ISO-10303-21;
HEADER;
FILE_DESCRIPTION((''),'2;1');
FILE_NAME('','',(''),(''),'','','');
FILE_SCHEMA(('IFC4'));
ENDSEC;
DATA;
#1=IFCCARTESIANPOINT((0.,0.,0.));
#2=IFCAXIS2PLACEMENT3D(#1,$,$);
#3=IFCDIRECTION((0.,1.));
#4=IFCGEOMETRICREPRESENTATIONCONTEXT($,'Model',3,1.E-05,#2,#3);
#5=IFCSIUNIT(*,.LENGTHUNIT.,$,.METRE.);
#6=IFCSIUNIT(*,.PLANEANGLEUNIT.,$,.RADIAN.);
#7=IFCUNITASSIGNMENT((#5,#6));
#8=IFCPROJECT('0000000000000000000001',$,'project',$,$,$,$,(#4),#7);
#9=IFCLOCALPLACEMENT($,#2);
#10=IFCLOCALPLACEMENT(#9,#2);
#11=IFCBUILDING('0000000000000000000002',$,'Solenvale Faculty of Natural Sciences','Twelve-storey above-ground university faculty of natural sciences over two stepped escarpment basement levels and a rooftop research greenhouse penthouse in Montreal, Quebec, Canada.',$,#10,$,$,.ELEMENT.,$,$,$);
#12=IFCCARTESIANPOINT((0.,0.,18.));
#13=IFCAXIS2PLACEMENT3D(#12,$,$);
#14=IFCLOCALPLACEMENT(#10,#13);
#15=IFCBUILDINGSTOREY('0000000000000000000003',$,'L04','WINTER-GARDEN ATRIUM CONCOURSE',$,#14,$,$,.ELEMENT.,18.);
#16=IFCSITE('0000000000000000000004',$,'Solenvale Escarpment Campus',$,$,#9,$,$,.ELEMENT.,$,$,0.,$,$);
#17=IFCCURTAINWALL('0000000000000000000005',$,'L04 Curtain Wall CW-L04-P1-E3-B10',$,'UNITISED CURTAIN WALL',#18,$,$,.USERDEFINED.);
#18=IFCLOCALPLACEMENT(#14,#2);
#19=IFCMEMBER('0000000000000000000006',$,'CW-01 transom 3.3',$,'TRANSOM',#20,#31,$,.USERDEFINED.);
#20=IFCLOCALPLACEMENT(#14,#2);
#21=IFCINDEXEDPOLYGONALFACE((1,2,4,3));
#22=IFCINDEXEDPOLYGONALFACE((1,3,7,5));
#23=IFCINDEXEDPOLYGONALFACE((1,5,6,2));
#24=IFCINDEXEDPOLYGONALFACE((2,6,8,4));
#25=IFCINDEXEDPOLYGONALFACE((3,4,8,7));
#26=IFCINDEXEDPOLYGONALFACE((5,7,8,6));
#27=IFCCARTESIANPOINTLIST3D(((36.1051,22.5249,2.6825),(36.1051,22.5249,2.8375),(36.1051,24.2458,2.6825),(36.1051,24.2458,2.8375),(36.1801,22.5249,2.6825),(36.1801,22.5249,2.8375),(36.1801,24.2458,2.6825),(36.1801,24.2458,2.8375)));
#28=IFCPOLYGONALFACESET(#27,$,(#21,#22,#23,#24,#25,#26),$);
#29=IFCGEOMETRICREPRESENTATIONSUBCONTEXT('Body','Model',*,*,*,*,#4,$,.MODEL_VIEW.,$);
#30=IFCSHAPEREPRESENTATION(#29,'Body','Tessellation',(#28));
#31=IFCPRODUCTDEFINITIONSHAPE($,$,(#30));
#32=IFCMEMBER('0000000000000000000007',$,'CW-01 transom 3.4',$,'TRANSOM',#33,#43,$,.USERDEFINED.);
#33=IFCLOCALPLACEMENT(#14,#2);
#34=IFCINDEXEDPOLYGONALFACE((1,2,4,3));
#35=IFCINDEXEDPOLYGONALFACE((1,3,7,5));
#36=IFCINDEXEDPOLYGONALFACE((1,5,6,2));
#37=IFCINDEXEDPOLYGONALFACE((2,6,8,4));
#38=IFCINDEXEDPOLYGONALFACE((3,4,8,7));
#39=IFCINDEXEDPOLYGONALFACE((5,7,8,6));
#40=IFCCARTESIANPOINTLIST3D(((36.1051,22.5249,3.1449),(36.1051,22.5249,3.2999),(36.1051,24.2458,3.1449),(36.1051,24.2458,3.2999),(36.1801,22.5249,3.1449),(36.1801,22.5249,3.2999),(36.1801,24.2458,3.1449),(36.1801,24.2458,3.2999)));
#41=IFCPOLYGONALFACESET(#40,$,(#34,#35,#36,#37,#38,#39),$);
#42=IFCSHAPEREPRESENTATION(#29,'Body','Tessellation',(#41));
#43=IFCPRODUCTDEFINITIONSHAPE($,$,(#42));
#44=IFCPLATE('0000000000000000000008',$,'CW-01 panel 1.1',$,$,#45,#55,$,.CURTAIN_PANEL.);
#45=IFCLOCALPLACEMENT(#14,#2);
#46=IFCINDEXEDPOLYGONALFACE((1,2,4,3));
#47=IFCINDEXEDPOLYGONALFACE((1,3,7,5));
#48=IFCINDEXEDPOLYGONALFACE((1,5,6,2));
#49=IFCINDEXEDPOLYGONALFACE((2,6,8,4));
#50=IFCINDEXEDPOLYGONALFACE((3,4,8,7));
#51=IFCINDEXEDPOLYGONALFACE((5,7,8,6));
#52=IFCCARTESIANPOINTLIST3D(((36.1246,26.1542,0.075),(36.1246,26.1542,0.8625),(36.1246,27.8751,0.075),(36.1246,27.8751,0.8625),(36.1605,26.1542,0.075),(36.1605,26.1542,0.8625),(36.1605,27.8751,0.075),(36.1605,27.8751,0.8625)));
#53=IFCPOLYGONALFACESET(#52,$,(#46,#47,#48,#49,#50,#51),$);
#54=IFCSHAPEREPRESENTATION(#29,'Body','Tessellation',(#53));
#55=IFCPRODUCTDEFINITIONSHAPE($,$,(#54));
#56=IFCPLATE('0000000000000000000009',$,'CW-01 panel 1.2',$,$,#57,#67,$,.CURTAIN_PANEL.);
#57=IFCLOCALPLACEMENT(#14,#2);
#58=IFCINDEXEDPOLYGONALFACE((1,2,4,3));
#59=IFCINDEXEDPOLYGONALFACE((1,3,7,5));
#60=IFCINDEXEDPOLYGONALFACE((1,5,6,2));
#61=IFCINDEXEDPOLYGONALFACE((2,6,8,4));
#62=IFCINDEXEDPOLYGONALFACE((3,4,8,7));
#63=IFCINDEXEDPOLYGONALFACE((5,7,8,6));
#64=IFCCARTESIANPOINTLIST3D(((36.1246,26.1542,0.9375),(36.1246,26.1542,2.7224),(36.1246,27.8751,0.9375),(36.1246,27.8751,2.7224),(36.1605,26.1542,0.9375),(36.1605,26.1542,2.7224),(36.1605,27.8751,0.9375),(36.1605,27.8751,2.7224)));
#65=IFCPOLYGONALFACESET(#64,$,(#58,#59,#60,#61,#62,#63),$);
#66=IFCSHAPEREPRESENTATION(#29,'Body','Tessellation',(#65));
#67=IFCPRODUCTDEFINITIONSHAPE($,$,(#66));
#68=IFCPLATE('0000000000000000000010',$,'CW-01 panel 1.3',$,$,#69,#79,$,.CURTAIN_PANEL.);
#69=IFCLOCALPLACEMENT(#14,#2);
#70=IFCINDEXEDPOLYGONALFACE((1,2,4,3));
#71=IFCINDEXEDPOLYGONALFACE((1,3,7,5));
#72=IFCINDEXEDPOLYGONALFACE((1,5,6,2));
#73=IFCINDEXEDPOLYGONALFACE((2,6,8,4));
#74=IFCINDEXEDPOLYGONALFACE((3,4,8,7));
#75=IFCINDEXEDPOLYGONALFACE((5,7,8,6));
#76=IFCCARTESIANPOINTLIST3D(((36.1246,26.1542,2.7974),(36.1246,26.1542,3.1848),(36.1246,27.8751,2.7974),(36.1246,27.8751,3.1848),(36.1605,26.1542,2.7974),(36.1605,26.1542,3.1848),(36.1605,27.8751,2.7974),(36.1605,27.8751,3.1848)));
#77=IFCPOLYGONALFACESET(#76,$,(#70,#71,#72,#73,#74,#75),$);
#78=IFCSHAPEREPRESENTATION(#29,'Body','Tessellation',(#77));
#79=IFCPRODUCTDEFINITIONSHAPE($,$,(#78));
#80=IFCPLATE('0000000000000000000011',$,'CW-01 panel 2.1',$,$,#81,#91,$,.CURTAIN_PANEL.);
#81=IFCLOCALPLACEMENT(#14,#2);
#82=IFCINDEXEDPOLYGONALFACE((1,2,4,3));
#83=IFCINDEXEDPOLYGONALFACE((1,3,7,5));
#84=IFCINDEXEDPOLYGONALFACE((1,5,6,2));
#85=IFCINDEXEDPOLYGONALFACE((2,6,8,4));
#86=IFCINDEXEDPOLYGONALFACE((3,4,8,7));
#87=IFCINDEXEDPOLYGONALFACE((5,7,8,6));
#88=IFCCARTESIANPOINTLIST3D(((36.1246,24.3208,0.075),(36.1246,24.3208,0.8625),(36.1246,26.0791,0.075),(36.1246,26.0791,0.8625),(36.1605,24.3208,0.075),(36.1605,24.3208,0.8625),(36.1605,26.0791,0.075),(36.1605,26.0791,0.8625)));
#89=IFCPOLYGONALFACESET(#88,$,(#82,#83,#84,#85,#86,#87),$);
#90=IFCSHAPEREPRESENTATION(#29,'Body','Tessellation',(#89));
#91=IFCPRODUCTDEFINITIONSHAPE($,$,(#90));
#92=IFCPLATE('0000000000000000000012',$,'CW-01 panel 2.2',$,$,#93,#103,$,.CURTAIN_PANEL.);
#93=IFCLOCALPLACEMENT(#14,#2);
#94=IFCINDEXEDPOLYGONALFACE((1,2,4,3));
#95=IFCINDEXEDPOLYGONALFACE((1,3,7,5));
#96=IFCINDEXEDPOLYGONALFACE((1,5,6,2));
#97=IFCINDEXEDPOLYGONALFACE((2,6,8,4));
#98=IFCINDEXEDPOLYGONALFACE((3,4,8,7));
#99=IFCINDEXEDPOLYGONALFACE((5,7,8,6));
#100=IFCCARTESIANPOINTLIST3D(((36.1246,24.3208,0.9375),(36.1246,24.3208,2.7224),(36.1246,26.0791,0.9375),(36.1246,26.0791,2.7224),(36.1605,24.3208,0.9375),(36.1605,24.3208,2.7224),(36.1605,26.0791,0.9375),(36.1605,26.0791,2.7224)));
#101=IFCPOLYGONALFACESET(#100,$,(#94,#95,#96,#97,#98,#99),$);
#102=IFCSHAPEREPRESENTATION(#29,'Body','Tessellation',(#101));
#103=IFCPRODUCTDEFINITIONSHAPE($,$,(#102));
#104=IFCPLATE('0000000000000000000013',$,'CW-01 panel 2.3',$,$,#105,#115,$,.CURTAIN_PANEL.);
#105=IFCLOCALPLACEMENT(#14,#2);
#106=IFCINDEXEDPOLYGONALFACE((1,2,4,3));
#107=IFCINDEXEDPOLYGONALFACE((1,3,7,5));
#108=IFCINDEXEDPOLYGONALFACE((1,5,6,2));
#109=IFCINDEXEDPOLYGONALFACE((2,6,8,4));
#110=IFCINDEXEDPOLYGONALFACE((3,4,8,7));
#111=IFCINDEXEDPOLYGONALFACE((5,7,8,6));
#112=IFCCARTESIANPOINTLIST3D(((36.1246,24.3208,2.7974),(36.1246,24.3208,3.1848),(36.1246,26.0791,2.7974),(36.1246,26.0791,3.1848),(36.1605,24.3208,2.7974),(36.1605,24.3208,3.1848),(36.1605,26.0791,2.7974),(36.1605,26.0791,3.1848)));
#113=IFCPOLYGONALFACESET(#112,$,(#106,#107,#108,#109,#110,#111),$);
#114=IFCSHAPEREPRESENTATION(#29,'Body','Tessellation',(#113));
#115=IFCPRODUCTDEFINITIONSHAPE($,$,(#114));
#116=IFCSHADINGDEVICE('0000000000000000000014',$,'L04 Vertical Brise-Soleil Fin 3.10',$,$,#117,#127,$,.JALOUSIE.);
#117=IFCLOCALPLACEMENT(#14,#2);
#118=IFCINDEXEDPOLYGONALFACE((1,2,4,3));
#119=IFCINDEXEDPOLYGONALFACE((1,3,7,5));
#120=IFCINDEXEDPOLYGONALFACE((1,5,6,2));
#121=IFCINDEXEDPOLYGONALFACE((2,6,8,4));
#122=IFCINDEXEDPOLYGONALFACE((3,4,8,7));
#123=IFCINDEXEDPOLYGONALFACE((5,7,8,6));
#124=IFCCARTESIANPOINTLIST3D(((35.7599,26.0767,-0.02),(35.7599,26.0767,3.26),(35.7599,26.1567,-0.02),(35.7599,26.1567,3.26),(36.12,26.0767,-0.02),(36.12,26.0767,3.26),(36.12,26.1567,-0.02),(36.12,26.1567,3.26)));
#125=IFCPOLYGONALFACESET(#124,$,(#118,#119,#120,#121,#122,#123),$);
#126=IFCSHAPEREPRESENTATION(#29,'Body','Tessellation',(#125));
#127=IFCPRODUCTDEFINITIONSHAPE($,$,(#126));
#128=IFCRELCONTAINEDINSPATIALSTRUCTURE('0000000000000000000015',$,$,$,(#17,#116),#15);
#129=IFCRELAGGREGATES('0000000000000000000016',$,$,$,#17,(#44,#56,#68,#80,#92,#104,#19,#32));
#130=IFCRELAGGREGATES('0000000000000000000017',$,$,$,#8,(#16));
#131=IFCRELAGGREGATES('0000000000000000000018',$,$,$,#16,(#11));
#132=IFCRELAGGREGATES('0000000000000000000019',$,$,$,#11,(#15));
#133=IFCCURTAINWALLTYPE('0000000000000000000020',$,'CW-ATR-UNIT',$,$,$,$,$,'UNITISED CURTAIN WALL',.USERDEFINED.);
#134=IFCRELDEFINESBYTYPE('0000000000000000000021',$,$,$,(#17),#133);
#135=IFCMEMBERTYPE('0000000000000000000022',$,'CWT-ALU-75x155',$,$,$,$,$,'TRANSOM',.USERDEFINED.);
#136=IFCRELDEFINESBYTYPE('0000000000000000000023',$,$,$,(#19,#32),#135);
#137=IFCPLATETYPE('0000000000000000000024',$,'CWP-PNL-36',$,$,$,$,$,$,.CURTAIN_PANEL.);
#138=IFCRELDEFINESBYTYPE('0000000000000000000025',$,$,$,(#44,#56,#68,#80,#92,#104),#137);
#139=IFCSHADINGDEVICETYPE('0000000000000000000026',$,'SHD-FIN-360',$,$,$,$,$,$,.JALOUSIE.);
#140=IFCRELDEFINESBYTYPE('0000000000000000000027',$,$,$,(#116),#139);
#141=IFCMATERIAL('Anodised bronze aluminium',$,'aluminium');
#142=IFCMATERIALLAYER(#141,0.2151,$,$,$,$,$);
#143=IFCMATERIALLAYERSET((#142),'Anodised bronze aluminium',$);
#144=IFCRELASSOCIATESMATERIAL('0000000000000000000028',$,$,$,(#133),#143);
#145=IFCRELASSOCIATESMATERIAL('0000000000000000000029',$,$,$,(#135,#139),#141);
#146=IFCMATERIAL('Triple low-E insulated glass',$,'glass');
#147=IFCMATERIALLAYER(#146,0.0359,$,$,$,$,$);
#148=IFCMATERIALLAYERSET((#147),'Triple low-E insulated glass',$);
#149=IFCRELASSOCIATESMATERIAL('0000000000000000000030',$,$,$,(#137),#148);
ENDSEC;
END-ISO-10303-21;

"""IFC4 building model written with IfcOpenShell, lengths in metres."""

from ifc_helpers import new_model, si_unit, direction, frame, origin, origin_2d, place, context, subcontext, project, spatial, rectangle, extrude, material, layer, layer_set, material_profile, profile_set, type_object, element, aggregate, save


model = new_model("IFC4")

# Units and contexts
model_context = context("Model", 3, precision=1e-05, world=origin(), true_north=direction((0.0, 1.0)))
body_context = subcontext(model_context, "Body", "Model", "MODEL_VIEW")
ifc_project = project(units=[si_unit("LENGTHUNIT", "METRE"), si_unit("PLANEANGLEUNIT", "RADIAN")], contexts=[model_context])

# Site, building, storey
site_placement = place(None, origin())
site = spatial("IfcSite", under=ifc_project, at=site_placement, Name="Solenvale Escarpment Campus", CompositionType="ELEMENT", RefElevation=0.0)
building_placement = place(site_placement, origin())
building = spatial("IfcBuilding", under=site, at=building_placement, Name="Solenvale Faculty of Natural Sciences", Description="Twelve-storey above-ground university faculty of natural sciences over two stepped escarpment basement levels and a rooftop research greenhouse penthouse in Montreal, Quebec, Canada.", CompositionType="ELEMENT")
storey_placement = place(building_placement, frame((0.0, 0.0, 18.0)))
storey = spatial("IfcBuildingStorey", under=building, at=storey_placement, Name="L04", Description="WINTER-GARDEN ATRIUM CONCOURSE", CompositionType="ELEMENT", Elevation=18.0)

# Curtain wall, members, plates
ifc_material_1 = material(Name="Anodised bronze aluminium", Category="aluminium")
ifc_layer_1 = layer(ifc_material_1, 0.2151)
ifc_layer_set_1 = layer_set([ifc_layer_1], Name="Anodised bronze aluminium")
curtain_wall_type = type_object("IfcCurtainWallType", Name="CW-ATR-UNIT", ElementType="UNITISED CURTAIN WALL", PredefinedType="USERDEFINED", material=ifc_layer_set_1)
curtain_wall_placement = place(storey_placement, origin())
curtain_wall = element("IfcCurtainWall", 1, at=curtain_wall_placement, inside=storey, type_object=curtain_wall_type, Name="L04 Curtain Wall CW-L04-P1-E3-B10", ObjectType="UNITISED CURTAIN WALL", PredefinedType="USERDEFINED")
ifc_material_profile_1 = material_profile(ifc_material_1, rectangle(XDim=0.075, YDim=0.155, at=origin_2d()), Name="ALU-TRN-75x155")
ifc_profile_set_1 = profile_set([ifc_material_profile_1], Name="Anodised bronze aluminium")
member_type_1 = type_object("IfcMemberType", Name="CWT-ALU-75x155", ElementType="TRANSOM", PredefinedType="USERDEFINED", material=ifc_profile_set_1)
member_1_placement = place(storey_placement, frame((36.1426, 24.2458, 2.76), z_axis=(0.0, -1.0, 0.0), x_axis=(1.0, 0.0, 0.0)))
member_1 = element("IfcMember", 2, at=member_1_placement, type_object=member_type_1, Name="CW-01 transom 3.3", ObjectType="TRANSOM", PredefinedType="USERDEFINED", context=body_context, shape_type="SweptSolid", body=[
    extrude(rectangle(XDim=0.075, YDim=0.155, at=origin_2d()), origin(), (0.0, 0.0, 1.0), 1.7209),
])
member_2_placement = place(storey_placement, frame((36.1426, 24.2458, 3.2224), z_axis=(0.0, -1.0, 0.0), x_axis=(1.0, 0.0, 0.0)))
member_2 = element("IfcMember", 3, at=member_2_placement, type_object=member_type_1, Name="CW-01 transom 3.4", ObjectType="TRANSOM", PredefinedType="USERDEFINED", context=body_context, shape_type="SweptSolid", body=[
    extrude(rectangle(XDim=0.075, YDim=0.155, at=origin_2d()), origin(), (0.0, 0.0, 1.0), 1.7209),
])
ifc_material_2 = material(Name="Triple low-E insulated glass", Category="glass")
ifc_layer_2 = layer(ifc_material_2, 0.0359)
ifc_layer_set_2 = layer_set([ifc_layer_2], Name="Triple low-E insulated glass")
plate_type = type_object("IfcPlateType", Name="CWP-PNL-36", PredefinedType="CURTAIN_PANEL", material=ifc_layer_set_2)
plate_1_placement = place(storey_placement, frame((36.1426, 27.0146, 0.075), z_axis=(0.0, 0.0, 1.0), x_axis=(0.0, -1.0, 0.0)))
plate_1 = element("IfcPlate", 4, at=plate_1_placement, type_object=plate_type, Name="CW-01 panel 1.1", PredefinedType="CURTAIN_PANEL", context=body_context, shape_type="SweptSolid", body=[
    extrude(rectangle(XDim=1.7209, YDim=0.0359, at=origin_2d()), origin(), (0.0, 0.0, 1.0), 0.7876),
])
plate_2_placement = place(storey_placement, frame((36.1426, 27.0146, 0.9375), z_axis=(0.0, 0.0, 1.0), x_axis=(0.0, -1.0, 0.0)))
plate_2 = element("IfcPlate", 5, at=plate_2_placement, type_object=plate_type, Name="CW-01 panel 1.2", PredefinedType="CURTAIN_PANEL", context=body_context, shape_type="SweptSolid", body=[
    extrude(rectangle(XDim=1.7209, YDim=0.0359, at=origin_2d()), origin(), (0.0, 0.0, 1.0), 1.7849),
])
plate_3_placement = place(storey_placement, frame((36.1426, 27.0146, 2.7974), z_axis=(0.0, 0.0, 1.0), x_axis=(0.0, -1.0, 0.0)))
plate_3 = element("IfcPlate", 6, at=plate_3_placement, type_object=plate_type, Name="CW-01 panel 1.3", PredefinedType="CURTAIN_PANEL", context=body_context, shape_type="SweptSolid", body=[
    extrude(rectangle(XDim=1.7209, YDim=0.0359, at=origin_2d()), origin(), (0.0, 0.0, 1.0), 0.3875),
])
plate_4_placement = place(storey_placement, frame((36.1426, 25.2, 0.075), z_axis=(0.0, 0.0, 1.0), x_axis=(0.0, -1.0, 0.0)))
plate_4 = element("IfcPlate", 7, at=plate_4_placement, type_object=plate_type, Name="CW-01 panel 2.1", PredefinedType="CURTAIN_PANEL", context=body_context, shape_type="SweptSolid", body=[
    extrude(rectangle(XDim=1.7583, YDim=0.0359, at=origin_2d()), origin(), (0.0, 0.0, 1.0), 0.7876),
])
plate_5_placement = place(storey_placement, frame((36.1426, 25.2, 0.9375), z_axis=(0.0, 0.0, 1.0), x_axis=(0.0, -1.0, 0.0)))
plate_5 = element("IfcPlate", 8, at=plate_5_placement, type_object=plate_type, Name="CW-01 panel 2.2", PredefinedType="CURTAIN_PANEL", context=body_context, shape_type="SweptSolid", body=[
    extrude(rectangle(XDim=1.7583, YDim=0.0359, at=origin_2d()), origin(), (0.0, 0.0, 1.0), 1.7849),
])
plate_6_placement = place(storey_placement, frame((36.1426, 25.2, 2.7974), z_axis=(0.0, 0.0, 1.0), x_axis=(0.0, -1.0, 0.0)))
plate_6 = element("IfcPlate", 9, at=plate_6_placement, type_object=plate_type, Name="CW-01 panel 2.3", PredefinedType="CURTAIN_PANEL", context=body_context, shape_type="SweptSolid", body=[
    extrude(rectangle(XDim=1.7583, YDim=0.0359, at=origin_2d()), origin(), (0.0, 0.0, 1.0), 0.3875),
])
aggregate(curtain_wall, [plate_1, plate_2, plate_3, plate_4, plate_5, plate_6, member_1, member_2])

# Shading device
ifc_material_profile_2 = material_profile(ifc_material_1, rectangle(XDim=0.0801, YDim=0.3601, at=origin_2d()), Name="ALU-FIN-80x360")
ifc_profile_set_2 = profile_set([ifc_material_profile_2], Name="Anodised bronze aluminium")
shading_device_type = type_object("IfcShadingDeviceType", Name="SHD-FIN-360", PredefinedType="JALOUSIE", material=ifc_profile_set_2)
shading_device_placement = place(storey_placement, frame((35.9399, 26.1167, -0.02), z_axis=(0.0, 0.0, 1.0), x_axis=(0.0, 1.0, 0.0)))
element("IfcShadingDevice", 10, at=shading_device_placement, inside=storey, type_object=shading_device_type, Name="L04 Vertical Brise-Soleil Fin 3.10", PredefinedType="JALOUSIE", context=body_context, shape_type="SweptSolid", body=[
    extrude(rectangle(XDim=0.0801, YDim=0.3601, at=origin_2d()), origin(), (0.0, 0.0, 1.0), 3.28),
])

save(model, "model.ifc")
